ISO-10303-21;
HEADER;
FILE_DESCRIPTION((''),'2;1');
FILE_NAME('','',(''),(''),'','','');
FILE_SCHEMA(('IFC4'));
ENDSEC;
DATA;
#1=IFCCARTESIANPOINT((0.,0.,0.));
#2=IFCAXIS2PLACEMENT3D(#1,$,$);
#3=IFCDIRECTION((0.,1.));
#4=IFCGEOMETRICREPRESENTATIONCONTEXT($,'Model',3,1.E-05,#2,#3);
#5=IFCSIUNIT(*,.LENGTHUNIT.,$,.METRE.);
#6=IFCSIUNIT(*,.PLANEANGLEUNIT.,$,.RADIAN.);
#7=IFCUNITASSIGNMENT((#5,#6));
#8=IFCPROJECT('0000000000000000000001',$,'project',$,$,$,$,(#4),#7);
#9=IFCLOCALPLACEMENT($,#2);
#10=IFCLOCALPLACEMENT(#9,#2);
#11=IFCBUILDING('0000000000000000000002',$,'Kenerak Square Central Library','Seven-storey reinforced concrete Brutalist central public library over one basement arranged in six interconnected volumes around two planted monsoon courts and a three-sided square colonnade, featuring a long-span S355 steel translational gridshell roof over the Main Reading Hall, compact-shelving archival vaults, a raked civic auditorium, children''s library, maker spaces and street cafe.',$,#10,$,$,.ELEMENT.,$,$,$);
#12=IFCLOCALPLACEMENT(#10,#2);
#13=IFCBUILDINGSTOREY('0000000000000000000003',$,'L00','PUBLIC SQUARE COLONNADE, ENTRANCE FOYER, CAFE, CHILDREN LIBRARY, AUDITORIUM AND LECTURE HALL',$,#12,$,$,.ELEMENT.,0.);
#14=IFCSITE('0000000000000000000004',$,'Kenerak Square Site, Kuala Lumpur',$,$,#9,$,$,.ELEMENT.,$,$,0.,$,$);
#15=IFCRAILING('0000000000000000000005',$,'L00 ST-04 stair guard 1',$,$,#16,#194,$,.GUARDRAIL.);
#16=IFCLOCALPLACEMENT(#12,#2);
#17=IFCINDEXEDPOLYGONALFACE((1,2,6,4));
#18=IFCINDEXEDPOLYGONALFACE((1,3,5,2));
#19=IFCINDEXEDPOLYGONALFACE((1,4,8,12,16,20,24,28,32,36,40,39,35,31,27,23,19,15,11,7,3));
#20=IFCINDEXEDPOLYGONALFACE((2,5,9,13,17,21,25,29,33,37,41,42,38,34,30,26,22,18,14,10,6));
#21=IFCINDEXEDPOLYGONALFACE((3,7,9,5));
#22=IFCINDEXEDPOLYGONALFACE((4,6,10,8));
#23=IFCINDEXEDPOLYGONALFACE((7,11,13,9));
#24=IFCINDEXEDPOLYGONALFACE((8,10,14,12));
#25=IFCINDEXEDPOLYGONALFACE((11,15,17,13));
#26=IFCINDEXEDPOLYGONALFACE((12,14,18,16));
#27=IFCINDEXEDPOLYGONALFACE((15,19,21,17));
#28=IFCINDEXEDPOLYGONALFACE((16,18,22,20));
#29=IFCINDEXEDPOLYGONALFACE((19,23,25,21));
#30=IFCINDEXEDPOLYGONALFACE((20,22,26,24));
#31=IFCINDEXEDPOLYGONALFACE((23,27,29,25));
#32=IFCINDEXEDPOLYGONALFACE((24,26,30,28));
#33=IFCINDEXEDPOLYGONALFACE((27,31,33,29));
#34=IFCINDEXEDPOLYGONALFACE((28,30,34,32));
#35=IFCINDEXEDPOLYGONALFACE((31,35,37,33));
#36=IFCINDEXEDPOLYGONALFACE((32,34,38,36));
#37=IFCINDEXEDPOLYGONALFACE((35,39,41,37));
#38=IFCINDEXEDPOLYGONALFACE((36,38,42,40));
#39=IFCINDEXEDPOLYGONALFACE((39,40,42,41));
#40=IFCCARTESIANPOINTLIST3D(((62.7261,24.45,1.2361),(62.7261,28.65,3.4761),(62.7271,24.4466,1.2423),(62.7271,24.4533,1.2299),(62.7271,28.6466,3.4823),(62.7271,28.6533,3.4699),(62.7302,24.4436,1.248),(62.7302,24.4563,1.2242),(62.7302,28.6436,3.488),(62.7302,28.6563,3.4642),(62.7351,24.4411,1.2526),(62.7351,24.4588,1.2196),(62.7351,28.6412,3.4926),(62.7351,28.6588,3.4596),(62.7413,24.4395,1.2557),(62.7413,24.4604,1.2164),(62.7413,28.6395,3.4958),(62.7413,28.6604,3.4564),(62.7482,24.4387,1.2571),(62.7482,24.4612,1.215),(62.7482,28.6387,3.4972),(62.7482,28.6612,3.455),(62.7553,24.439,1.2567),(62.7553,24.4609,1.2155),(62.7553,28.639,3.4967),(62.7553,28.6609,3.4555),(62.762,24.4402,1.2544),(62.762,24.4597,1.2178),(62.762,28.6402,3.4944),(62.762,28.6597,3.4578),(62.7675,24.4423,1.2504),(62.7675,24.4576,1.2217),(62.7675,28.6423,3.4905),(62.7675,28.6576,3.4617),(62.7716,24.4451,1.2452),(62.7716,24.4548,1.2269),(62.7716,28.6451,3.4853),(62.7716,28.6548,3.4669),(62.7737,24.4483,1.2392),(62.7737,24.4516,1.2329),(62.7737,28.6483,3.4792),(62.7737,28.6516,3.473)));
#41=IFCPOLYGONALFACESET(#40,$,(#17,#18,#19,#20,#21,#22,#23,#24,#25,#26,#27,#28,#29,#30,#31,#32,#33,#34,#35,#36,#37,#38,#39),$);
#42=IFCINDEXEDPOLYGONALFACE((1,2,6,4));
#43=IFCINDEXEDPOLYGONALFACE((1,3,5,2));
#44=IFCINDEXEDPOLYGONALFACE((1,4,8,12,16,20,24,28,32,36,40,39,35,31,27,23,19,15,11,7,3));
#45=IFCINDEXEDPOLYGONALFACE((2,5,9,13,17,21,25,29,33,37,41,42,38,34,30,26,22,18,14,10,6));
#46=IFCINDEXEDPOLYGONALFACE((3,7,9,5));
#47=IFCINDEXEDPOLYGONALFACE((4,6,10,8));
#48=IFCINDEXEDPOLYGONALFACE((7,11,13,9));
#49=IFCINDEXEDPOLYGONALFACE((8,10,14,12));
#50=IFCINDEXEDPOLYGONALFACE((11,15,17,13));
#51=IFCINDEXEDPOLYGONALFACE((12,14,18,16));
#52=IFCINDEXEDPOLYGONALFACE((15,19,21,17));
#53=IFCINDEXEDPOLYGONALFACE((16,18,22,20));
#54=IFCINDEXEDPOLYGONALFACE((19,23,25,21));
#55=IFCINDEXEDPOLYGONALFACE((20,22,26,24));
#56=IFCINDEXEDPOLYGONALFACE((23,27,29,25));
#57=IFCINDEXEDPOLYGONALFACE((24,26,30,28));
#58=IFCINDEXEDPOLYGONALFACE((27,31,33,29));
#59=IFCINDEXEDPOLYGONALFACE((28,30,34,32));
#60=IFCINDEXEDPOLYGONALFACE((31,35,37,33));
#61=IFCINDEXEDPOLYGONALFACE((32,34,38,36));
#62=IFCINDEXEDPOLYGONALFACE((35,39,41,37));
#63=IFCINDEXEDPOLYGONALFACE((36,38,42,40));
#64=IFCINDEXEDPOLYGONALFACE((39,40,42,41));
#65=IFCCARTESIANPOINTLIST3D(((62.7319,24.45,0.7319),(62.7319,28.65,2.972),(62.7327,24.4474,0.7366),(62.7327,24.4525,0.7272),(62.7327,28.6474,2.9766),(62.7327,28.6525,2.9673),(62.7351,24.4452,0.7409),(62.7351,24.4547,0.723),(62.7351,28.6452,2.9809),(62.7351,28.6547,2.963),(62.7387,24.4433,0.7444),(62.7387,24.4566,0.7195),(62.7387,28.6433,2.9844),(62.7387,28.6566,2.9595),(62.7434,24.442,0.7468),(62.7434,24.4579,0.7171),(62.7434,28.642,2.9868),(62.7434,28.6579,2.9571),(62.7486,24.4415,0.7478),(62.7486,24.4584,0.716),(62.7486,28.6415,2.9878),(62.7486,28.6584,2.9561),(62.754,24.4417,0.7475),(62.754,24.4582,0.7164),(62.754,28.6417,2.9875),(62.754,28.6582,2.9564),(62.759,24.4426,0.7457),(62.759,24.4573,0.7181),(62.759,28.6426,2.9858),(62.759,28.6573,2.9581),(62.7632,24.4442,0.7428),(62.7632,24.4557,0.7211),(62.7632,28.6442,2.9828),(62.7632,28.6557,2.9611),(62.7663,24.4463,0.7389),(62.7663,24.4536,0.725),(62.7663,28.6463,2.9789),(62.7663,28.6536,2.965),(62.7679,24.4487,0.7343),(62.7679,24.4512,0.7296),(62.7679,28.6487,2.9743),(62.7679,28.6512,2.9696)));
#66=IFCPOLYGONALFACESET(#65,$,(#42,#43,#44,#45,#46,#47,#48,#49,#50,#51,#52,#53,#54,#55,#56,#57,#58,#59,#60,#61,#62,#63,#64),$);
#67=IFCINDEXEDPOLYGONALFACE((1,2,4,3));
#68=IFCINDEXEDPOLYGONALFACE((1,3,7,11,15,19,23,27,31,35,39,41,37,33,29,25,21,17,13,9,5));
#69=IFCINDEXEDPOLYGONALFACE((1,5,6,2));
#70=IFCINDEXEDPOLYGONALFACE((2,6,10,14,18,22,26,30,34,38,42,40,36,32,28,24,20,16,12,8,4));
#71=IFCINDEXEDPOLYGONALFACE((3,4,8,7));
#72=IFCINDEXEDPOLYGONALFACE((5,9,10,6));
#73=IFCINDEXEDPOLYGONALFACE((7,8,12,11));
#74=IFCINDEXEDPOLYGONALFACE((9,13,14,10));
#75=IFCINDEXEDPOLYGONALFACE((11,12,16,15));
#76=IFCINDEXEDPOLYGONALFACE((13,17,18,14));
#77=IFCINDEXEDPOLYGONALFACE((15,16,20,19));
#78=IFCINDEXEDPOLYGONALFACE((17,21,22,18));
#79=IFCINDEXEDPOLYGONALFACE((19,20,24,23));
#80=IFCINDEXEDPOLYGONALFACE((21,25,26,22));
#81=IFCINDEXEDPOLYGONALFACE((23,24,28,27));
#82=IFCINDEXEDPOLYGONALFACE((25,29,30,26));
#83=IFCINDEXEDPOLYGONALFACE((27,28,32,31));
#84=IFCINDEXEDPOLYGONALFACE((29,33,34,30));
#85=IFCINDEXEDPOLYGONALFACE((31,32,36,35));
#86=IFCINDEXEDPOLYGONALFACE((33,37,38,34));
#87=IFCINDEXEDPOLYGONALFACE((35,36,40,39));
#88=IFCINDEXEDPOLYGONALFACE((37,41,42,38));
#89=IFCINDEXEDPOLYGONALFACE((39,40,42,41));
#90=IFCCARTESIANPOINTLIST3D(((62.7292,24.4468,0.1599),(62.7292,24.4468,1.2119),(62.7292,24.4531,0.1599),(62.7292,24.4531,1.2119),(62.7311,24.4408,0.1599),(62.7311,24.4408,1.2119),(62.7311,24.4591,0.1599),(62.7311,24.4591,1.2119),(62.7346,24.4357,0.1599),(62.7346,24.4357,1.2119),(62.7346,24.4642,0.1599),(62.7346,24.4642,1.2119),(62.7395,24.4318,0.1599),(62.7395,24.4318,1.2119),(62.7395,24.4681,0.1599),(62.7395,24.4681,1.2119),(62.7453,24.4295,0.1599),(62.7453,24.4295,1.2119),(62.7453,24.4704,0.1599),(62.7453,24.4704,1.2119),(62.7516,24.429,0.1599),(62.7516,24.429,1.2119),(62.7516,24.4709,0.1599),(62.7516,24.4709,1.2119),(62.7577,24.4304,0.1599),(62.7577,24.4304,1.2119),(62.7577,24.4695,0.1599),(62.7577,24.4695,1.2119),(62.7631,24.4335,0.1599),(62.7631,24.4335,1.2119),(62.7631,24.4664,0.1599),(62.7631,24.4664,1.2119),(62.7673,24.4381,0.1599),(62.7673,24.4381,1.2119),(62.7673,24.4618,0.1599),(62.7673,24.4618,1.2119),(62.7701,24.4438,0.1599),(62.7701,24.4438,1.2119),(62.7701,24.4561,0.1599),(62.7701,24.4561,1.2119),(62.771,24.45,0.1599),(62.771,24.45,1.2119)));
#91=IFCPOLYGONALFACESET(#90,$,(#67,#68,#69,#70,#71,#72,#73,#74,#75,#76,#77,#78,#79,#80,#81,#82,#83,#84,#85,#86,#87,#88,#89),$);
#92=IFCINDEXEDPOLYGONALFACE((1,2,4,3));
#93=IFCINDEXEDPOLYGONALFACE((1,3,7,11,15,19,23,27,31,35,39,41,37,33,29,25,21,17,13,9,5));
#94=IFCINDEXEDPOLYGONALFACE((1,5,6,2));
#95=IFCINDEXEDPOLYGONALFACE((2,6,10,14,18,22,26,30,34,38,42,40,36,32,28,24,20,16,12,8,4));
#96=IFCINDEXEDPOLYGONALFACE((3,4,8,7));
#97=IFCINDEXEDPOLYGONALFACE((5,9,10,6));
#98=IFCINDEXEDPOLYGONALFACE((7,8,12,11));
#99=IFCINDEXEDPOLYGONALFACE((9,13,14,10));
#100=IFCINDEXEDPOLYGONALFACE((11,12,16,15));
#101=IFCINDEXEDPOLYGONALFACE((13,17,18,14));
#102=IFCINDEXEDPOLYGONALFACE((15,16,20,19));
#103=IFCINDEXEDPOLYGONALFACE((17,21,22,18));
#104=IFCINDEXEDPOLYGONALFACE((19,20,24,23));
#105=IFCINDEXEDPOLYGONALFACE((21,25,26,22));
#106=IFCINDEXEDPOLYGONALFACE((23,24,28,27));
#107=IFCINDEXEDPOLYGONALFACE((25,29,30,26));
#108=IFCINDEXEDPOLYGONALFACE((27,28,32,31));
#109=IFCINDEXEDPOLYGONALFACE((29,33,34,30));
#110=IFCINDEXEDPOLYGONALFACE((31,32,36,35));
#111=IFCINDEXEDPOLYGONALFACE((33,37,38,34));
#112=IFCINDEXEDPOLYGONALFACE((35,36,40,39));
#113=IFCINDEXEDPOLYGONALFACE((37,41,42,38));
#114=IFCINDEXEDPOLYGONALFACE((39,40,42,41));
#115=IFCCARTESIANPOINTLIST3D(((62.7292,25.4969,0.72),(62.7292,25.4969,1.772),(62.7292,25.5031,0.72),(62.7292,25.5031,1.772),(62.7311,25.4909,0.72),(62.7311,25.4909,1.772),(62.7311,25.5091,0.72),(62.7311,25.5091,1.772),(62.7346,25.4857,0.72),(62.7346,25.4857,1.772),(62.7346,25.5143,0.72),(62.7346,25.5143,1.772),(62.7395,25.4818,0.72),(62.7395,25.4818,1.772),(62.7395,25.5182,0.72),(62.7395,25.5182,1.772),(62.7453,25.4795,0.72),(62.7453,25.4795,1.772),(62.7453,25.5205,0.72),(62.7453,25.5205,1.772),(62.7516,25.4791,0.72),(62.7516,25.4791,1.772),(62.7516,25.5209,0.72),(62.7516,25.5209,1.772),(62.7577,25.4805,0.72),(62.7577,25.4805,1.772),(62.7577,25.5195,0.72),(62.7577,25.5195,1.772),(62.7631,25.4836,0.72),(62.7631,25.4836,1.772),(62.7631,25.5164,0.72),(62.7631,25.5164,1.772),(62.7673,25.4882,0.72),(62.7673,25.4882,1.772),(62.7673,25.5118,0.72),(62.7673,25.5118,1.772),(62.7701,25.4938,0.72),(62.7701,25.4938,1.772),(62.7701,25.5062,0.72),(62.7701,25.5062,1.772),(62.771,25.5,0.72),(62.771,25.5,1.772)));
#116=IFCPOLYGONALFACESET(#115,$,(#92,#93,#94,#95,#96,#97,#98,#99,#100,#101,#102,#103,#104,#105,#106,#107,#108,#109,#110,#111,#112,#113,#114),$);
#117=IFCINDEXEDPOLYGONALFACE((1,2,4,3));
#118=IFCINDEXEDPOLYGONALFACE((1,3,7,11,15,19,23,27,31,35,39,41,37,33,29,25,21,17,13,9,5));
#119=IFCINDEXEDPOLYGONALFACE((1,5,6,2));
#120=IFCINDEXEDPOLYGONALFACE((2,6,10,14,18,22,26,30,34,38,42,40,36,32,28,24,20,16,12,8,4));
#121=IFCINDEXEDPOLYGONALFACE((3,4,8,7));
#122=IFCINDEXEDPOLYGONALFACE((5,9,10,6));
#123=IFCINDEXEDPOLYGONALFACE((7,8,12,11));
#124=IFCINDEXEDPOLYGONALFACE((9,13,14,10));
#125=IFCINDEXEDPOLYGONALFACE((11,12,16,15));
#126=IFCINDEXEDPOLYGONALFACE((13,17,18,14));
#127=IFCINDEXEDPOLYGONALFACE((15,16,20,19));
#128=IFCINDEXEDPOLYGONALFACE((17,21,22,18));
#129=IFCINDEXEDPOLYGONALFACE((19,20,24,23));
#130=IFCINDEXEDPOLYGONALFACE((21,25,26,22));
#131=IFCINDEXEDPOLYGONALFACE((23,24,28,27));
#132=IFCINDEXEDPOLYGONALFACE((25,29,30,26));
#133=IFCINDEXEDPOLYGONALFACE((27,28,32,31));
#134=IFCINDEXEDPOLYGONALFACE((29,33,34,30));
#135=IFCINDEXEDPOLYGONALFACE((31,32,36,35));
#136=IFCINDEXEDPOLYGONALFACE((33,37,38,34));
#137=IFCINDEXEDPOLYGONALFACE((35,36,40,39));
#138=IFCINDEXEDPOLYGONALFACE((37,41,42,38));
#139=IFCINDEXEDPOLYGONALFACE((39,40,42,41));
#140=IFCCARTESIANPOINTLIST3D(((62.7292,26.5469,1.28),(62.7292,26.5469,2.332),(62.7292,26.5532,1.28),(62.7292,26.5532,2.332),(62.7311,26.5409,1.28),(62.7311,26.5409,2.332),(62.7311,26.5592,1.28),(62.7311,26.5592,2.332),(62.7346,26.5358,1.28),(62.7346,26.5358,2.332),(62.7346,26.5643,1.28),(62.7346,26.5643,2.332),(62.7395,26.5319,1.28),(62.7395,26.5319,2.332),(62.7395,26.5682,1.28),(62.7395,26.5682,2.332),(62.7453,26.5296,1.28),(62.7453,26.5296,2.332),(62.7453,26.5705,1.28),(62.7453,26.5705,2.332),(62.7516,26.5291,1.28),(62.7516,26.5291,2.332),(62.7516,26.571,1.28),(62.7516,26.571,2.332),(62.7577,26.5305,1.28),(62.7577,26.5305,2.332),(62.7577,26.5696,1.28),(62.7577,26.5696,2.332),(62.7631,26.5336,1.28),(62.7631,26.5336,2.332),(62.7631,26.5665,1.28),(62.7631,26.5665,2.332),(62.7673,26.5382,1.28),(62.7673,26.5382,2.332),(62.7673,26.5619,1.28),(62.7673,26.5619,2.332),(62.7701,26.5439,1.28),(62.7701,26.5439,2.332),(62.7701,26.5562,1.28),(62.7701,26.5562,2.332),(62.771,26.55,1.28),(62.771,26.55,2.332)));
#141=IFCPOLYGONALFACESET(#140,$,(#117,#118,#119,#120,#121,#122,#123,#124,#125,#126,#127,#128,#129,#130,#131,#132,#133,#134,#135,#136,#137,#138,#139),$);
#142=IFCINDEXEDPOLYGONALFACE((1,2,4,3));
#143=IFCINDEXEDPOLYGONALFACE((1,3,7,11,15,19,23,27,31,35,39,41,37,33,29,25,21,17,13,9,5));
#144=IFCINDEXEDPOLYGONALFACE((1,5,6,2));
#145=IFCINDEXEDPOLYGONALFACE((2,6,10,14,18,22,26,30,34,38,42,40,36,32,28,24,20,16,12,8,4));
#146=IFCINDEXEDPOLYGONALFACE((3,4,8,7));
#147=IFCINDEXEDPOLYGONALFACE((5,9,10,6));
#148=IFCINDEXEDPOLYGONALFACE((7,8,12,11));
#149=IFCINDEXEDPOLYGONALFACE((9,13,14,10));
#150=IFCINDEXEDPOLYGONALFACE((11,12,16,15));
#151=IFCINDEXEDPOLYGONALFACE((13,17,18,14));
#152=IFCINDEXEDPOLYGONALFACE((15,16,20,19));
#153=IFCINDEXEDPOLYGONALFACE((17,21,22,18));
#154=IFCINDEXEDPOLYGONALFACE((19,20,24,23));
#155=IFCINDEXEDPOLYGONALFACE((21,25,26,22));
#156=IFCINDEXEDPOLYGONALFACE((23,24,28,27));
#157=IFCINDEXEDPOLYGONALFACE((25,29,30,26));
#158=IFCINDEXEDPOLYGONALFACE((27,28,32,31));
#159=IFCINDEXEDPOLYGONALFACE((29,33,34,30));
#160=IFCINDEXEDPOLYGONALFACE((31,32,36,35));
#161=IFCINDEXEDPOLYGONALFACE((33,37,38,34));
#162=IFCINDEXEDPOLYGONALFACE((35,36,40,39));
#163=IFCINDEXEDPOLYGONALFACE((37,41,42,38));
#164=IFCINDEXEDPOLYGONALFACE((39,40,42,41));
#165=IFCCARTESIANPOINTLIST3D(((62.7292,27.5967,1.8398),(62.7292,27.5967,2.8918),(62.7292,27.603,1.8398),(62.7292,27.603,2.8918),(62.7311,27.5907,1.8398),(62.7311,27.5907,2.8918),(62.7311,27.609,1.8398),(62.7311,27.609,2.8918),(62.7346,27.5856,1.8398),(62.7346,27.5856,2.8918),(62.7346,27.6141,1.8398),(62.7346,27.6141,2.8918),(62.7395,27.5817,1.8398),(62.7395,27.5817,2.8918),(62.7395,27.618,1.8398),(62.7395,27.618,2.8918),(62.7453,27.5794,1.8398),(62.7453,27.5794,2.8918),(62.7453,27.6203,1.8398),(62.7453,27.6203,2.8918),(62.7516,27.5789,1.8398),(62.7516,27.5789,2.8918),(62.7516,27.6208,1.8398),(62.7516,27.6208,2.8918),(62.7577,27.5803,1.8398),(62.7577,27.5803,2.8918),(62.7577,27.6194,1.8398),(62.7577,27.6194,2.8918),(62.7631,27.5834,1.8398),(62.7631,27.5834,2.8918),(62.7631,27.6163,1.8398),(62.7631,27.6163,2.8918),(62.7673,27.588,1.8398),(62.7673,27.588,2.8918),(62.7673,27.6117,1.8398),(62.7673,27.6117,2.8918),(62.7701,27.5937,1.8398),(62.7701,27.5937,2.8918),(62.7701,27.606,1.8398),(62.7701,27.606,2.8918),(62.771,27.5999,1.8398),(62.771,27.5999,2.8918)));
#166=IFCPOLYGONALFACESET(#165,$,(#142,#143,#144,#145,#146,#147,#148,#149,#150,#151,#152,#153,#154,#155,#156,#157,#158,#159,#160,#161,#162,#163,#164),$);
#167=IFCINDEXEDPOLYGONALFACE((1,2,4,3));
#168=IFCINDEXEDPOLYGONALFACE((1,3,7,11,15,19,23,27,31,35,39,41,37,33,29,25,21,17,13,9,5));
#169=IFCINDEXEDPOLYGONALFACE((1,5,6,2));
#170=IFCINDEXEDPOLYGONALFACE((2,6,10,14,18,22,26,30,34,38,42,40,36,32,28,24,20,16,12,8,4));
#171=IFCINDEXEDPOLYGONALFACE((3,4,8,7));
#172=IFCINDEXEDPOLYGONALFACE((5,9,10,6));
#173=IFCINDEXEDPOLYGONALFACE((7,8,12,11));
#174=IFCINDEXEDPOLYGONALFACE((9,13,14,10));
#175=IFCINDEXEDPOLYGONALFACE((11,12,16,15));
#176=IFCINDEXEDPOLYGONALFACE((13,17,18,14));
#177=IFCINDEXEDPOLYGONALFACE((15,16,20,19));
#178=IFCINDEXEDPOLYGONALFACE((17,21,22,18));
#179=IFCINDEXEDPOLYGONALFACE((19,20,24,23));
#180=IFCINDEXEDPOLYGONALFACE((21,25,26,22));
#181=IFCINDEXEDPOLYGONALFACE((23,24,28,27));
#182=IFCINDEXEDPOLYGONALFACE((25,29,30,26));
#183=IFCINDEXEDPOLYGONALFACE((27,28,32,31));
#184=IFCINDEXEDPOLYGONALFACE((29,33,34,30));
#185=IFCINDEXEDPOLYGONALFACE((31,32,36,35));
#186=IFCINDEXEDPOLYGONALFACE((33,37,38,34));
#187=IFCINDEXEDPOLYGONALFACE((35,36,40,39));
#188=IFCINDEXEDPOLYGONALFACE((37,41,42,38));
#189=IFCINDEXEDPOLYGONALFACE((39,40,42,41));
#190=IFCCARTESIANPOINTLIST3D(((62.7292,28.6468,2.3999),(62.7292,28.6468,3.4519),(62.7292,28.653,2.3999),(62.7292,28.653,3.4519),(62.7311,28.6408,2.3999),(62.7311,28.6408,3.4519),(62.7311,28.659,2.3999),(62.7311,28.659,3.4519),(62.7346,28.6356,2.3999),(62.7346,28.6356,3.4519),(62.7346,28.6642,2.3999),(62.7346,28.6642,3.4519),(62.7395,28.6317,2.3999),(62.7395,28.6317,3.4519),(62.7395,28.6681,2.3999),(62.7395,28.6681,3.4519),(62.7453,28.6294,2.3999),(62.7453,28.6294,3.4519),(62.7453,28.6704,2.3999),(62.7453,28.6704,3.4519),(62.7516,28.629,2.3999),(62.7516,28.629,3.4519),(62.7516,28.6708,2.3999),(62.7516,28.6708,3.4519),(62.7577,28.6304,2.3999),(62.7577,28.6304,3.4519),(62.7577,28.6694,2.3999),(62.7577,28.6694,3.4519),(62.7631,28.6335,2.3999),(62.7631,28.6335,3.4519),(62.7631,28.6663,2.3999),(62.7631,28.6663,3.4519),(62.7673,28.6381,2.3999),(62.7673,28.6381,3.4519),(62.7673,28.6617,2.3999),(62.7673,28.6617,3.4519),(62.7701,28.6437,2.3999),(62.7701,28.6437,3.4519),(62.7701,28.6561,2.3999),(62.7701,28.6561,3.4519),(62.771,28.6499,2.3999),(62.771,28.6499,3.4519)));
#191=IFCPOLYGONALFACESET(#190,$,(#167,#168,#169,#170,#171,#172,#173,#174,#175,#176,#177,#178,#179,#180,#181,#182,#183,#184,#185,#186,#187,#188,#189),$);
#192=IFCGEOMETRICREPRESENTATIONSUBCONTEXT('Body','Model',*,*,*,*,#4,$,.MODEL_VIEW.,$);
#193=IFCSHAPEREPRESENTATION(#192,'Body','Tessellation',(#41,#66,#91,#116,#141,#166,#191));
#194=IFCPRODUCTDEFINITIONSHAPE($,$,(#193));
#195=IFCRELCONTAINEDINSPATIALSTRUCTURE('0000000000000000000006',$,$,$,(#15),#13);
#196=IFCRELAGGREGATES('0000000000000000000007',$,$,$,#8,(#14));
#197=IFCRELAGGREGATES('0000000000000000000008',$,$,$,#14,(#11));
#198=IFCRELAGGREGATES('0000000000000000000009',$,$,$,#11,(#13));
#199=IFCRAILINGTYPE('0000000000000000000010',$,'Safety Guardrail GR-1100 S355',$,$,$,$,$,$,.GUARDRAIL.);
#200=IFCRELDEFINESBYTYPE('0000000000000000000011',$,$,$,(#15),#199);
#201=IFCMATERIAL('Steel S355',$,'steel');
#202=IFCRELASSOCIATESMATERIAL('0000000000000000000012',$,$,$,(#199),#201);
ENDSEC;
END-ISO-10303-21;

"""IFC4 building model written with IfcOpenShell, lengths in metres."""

from ifc_helpers import new_model, si_unit, direction, frame, origin, origin_2d, place, context, subcontext, project, spatial, circle, extrude, material, type_object, element, save


model = new_model("IFC4")

# Units and contexts
model_context = context("Model", 3, precision=1e-05, world=origin(), true_north=direction((0.0, 1.0)))
body_context = subcontext(model_context, "Body", "Model", "MODEL_VIEW")
ifc_project = project(units=[si_unit("LENGTHUNIT", "METRE"), si_unit("PLANEANGLEUNIT", "RADIAN")], contexts=[model_context])

# Site, building, storey
site_placement = place(None, origin())
site = spatial("IfcSite", under=ifc_project, at=site_placement, Name="Kenerak Square Site, Kuala Lumpur", CompositionType="ELEMENT", RefElevation=0.0)
building_placement = place(site_placement, origin())
building = spatial("IfcBuilding", under=site, at=building_placement, Name="Kenerak Square Central Library", Description="Seven-storey reinforced concrete Brutalist central public library over one basement arranged in six interconnected volumes around two planted monsoon courts and a three-sided square colonnade, featuring a long-span S355 steel translational gridshell roof over the Main Reading Hall, compact-shelving archival vaults, a raked civic auditorium, children's library, maker spaces and street cafe.", CompositionType="ELEMENT")
storey_placement = place(building_placement, origin())
storey = spatial("IfcBuildingStorey", under=building, at=storey_placement, Name="L00", Description="PUBLIC SQUARE COLONNADE, ENTRANCE FOYER, CAFE, CHILDREN LIBRARY, AUDITORIUM AND LECTURE HALL", CompositionType="ELEMENT", Elevation=0.0)

# Shared definitions
ifc_material_1 = material(Name="Steel S355", Category="steel")

# Railing
railing_type_1 = type_object("IfcRailingType", Name="Safety Guardrail GR-1100 S355", PredefinedType="GUARDRAIL", material=ifc_material_1)
railing_placement = place(storey_placement, frame((62.75, 24.45, 0.1599)))
element("IfcRailing", 1, at=railing_placement, inside=storey, type_object=railing_type_1, Name="L00 ST-04 stair guard 1", PredefinedType="GUARDRAIL", context=body_context, shape_type="SweptSolid", body=[
    extrude(circle(Radius=0.0239, at=origin_2d()), frame((0.0, 0.0, 1.0762), z_axis=(0.0, 0.882352, 0.470591), x_axis=(-1.0, 0.0, 0.0)), (0.0, 0.0, 1.0), 4.76),
    extrude(circle(Radius=0.0181, at=origin_2d()), frame((0.0, 0.0, 0.572), z_axis=(0.0, 0.882352, 0.470591), x_axis=(-1.0, 0.0, 0.0)), (0.0, 0.0, 1.0), 4.76),
    extrude(circle(Radius=0.021, at=origin_2d()), origin(), (0.0, 0.0, 1.0), 1.052),
    extrude(circle(Radius=0.021, at=origin_2d()), frame((0.0, 1.05, 0.5601)), (0.0, 0.0, 1.0), 1.052),
    extrude(circle(Radius=0.021, at=origin_2d()), frame((0.0, 2.1001, 1.1201)), (0.0, 0.0, 1.0), 1.052),
    extrude(circle(Radius=0.021, at=origin_2d()), frame((0.0, 3.1499, 1.6799)), (0.0, 0.0, 1.0), 1.052),
    extrude(circle(Radius=0.021, at=origin_2d()), frame((0.0, 4.2, 2.24)), (0.0, 0.0, 1.0), 1.052),
])

save(model, "model.ifc")
